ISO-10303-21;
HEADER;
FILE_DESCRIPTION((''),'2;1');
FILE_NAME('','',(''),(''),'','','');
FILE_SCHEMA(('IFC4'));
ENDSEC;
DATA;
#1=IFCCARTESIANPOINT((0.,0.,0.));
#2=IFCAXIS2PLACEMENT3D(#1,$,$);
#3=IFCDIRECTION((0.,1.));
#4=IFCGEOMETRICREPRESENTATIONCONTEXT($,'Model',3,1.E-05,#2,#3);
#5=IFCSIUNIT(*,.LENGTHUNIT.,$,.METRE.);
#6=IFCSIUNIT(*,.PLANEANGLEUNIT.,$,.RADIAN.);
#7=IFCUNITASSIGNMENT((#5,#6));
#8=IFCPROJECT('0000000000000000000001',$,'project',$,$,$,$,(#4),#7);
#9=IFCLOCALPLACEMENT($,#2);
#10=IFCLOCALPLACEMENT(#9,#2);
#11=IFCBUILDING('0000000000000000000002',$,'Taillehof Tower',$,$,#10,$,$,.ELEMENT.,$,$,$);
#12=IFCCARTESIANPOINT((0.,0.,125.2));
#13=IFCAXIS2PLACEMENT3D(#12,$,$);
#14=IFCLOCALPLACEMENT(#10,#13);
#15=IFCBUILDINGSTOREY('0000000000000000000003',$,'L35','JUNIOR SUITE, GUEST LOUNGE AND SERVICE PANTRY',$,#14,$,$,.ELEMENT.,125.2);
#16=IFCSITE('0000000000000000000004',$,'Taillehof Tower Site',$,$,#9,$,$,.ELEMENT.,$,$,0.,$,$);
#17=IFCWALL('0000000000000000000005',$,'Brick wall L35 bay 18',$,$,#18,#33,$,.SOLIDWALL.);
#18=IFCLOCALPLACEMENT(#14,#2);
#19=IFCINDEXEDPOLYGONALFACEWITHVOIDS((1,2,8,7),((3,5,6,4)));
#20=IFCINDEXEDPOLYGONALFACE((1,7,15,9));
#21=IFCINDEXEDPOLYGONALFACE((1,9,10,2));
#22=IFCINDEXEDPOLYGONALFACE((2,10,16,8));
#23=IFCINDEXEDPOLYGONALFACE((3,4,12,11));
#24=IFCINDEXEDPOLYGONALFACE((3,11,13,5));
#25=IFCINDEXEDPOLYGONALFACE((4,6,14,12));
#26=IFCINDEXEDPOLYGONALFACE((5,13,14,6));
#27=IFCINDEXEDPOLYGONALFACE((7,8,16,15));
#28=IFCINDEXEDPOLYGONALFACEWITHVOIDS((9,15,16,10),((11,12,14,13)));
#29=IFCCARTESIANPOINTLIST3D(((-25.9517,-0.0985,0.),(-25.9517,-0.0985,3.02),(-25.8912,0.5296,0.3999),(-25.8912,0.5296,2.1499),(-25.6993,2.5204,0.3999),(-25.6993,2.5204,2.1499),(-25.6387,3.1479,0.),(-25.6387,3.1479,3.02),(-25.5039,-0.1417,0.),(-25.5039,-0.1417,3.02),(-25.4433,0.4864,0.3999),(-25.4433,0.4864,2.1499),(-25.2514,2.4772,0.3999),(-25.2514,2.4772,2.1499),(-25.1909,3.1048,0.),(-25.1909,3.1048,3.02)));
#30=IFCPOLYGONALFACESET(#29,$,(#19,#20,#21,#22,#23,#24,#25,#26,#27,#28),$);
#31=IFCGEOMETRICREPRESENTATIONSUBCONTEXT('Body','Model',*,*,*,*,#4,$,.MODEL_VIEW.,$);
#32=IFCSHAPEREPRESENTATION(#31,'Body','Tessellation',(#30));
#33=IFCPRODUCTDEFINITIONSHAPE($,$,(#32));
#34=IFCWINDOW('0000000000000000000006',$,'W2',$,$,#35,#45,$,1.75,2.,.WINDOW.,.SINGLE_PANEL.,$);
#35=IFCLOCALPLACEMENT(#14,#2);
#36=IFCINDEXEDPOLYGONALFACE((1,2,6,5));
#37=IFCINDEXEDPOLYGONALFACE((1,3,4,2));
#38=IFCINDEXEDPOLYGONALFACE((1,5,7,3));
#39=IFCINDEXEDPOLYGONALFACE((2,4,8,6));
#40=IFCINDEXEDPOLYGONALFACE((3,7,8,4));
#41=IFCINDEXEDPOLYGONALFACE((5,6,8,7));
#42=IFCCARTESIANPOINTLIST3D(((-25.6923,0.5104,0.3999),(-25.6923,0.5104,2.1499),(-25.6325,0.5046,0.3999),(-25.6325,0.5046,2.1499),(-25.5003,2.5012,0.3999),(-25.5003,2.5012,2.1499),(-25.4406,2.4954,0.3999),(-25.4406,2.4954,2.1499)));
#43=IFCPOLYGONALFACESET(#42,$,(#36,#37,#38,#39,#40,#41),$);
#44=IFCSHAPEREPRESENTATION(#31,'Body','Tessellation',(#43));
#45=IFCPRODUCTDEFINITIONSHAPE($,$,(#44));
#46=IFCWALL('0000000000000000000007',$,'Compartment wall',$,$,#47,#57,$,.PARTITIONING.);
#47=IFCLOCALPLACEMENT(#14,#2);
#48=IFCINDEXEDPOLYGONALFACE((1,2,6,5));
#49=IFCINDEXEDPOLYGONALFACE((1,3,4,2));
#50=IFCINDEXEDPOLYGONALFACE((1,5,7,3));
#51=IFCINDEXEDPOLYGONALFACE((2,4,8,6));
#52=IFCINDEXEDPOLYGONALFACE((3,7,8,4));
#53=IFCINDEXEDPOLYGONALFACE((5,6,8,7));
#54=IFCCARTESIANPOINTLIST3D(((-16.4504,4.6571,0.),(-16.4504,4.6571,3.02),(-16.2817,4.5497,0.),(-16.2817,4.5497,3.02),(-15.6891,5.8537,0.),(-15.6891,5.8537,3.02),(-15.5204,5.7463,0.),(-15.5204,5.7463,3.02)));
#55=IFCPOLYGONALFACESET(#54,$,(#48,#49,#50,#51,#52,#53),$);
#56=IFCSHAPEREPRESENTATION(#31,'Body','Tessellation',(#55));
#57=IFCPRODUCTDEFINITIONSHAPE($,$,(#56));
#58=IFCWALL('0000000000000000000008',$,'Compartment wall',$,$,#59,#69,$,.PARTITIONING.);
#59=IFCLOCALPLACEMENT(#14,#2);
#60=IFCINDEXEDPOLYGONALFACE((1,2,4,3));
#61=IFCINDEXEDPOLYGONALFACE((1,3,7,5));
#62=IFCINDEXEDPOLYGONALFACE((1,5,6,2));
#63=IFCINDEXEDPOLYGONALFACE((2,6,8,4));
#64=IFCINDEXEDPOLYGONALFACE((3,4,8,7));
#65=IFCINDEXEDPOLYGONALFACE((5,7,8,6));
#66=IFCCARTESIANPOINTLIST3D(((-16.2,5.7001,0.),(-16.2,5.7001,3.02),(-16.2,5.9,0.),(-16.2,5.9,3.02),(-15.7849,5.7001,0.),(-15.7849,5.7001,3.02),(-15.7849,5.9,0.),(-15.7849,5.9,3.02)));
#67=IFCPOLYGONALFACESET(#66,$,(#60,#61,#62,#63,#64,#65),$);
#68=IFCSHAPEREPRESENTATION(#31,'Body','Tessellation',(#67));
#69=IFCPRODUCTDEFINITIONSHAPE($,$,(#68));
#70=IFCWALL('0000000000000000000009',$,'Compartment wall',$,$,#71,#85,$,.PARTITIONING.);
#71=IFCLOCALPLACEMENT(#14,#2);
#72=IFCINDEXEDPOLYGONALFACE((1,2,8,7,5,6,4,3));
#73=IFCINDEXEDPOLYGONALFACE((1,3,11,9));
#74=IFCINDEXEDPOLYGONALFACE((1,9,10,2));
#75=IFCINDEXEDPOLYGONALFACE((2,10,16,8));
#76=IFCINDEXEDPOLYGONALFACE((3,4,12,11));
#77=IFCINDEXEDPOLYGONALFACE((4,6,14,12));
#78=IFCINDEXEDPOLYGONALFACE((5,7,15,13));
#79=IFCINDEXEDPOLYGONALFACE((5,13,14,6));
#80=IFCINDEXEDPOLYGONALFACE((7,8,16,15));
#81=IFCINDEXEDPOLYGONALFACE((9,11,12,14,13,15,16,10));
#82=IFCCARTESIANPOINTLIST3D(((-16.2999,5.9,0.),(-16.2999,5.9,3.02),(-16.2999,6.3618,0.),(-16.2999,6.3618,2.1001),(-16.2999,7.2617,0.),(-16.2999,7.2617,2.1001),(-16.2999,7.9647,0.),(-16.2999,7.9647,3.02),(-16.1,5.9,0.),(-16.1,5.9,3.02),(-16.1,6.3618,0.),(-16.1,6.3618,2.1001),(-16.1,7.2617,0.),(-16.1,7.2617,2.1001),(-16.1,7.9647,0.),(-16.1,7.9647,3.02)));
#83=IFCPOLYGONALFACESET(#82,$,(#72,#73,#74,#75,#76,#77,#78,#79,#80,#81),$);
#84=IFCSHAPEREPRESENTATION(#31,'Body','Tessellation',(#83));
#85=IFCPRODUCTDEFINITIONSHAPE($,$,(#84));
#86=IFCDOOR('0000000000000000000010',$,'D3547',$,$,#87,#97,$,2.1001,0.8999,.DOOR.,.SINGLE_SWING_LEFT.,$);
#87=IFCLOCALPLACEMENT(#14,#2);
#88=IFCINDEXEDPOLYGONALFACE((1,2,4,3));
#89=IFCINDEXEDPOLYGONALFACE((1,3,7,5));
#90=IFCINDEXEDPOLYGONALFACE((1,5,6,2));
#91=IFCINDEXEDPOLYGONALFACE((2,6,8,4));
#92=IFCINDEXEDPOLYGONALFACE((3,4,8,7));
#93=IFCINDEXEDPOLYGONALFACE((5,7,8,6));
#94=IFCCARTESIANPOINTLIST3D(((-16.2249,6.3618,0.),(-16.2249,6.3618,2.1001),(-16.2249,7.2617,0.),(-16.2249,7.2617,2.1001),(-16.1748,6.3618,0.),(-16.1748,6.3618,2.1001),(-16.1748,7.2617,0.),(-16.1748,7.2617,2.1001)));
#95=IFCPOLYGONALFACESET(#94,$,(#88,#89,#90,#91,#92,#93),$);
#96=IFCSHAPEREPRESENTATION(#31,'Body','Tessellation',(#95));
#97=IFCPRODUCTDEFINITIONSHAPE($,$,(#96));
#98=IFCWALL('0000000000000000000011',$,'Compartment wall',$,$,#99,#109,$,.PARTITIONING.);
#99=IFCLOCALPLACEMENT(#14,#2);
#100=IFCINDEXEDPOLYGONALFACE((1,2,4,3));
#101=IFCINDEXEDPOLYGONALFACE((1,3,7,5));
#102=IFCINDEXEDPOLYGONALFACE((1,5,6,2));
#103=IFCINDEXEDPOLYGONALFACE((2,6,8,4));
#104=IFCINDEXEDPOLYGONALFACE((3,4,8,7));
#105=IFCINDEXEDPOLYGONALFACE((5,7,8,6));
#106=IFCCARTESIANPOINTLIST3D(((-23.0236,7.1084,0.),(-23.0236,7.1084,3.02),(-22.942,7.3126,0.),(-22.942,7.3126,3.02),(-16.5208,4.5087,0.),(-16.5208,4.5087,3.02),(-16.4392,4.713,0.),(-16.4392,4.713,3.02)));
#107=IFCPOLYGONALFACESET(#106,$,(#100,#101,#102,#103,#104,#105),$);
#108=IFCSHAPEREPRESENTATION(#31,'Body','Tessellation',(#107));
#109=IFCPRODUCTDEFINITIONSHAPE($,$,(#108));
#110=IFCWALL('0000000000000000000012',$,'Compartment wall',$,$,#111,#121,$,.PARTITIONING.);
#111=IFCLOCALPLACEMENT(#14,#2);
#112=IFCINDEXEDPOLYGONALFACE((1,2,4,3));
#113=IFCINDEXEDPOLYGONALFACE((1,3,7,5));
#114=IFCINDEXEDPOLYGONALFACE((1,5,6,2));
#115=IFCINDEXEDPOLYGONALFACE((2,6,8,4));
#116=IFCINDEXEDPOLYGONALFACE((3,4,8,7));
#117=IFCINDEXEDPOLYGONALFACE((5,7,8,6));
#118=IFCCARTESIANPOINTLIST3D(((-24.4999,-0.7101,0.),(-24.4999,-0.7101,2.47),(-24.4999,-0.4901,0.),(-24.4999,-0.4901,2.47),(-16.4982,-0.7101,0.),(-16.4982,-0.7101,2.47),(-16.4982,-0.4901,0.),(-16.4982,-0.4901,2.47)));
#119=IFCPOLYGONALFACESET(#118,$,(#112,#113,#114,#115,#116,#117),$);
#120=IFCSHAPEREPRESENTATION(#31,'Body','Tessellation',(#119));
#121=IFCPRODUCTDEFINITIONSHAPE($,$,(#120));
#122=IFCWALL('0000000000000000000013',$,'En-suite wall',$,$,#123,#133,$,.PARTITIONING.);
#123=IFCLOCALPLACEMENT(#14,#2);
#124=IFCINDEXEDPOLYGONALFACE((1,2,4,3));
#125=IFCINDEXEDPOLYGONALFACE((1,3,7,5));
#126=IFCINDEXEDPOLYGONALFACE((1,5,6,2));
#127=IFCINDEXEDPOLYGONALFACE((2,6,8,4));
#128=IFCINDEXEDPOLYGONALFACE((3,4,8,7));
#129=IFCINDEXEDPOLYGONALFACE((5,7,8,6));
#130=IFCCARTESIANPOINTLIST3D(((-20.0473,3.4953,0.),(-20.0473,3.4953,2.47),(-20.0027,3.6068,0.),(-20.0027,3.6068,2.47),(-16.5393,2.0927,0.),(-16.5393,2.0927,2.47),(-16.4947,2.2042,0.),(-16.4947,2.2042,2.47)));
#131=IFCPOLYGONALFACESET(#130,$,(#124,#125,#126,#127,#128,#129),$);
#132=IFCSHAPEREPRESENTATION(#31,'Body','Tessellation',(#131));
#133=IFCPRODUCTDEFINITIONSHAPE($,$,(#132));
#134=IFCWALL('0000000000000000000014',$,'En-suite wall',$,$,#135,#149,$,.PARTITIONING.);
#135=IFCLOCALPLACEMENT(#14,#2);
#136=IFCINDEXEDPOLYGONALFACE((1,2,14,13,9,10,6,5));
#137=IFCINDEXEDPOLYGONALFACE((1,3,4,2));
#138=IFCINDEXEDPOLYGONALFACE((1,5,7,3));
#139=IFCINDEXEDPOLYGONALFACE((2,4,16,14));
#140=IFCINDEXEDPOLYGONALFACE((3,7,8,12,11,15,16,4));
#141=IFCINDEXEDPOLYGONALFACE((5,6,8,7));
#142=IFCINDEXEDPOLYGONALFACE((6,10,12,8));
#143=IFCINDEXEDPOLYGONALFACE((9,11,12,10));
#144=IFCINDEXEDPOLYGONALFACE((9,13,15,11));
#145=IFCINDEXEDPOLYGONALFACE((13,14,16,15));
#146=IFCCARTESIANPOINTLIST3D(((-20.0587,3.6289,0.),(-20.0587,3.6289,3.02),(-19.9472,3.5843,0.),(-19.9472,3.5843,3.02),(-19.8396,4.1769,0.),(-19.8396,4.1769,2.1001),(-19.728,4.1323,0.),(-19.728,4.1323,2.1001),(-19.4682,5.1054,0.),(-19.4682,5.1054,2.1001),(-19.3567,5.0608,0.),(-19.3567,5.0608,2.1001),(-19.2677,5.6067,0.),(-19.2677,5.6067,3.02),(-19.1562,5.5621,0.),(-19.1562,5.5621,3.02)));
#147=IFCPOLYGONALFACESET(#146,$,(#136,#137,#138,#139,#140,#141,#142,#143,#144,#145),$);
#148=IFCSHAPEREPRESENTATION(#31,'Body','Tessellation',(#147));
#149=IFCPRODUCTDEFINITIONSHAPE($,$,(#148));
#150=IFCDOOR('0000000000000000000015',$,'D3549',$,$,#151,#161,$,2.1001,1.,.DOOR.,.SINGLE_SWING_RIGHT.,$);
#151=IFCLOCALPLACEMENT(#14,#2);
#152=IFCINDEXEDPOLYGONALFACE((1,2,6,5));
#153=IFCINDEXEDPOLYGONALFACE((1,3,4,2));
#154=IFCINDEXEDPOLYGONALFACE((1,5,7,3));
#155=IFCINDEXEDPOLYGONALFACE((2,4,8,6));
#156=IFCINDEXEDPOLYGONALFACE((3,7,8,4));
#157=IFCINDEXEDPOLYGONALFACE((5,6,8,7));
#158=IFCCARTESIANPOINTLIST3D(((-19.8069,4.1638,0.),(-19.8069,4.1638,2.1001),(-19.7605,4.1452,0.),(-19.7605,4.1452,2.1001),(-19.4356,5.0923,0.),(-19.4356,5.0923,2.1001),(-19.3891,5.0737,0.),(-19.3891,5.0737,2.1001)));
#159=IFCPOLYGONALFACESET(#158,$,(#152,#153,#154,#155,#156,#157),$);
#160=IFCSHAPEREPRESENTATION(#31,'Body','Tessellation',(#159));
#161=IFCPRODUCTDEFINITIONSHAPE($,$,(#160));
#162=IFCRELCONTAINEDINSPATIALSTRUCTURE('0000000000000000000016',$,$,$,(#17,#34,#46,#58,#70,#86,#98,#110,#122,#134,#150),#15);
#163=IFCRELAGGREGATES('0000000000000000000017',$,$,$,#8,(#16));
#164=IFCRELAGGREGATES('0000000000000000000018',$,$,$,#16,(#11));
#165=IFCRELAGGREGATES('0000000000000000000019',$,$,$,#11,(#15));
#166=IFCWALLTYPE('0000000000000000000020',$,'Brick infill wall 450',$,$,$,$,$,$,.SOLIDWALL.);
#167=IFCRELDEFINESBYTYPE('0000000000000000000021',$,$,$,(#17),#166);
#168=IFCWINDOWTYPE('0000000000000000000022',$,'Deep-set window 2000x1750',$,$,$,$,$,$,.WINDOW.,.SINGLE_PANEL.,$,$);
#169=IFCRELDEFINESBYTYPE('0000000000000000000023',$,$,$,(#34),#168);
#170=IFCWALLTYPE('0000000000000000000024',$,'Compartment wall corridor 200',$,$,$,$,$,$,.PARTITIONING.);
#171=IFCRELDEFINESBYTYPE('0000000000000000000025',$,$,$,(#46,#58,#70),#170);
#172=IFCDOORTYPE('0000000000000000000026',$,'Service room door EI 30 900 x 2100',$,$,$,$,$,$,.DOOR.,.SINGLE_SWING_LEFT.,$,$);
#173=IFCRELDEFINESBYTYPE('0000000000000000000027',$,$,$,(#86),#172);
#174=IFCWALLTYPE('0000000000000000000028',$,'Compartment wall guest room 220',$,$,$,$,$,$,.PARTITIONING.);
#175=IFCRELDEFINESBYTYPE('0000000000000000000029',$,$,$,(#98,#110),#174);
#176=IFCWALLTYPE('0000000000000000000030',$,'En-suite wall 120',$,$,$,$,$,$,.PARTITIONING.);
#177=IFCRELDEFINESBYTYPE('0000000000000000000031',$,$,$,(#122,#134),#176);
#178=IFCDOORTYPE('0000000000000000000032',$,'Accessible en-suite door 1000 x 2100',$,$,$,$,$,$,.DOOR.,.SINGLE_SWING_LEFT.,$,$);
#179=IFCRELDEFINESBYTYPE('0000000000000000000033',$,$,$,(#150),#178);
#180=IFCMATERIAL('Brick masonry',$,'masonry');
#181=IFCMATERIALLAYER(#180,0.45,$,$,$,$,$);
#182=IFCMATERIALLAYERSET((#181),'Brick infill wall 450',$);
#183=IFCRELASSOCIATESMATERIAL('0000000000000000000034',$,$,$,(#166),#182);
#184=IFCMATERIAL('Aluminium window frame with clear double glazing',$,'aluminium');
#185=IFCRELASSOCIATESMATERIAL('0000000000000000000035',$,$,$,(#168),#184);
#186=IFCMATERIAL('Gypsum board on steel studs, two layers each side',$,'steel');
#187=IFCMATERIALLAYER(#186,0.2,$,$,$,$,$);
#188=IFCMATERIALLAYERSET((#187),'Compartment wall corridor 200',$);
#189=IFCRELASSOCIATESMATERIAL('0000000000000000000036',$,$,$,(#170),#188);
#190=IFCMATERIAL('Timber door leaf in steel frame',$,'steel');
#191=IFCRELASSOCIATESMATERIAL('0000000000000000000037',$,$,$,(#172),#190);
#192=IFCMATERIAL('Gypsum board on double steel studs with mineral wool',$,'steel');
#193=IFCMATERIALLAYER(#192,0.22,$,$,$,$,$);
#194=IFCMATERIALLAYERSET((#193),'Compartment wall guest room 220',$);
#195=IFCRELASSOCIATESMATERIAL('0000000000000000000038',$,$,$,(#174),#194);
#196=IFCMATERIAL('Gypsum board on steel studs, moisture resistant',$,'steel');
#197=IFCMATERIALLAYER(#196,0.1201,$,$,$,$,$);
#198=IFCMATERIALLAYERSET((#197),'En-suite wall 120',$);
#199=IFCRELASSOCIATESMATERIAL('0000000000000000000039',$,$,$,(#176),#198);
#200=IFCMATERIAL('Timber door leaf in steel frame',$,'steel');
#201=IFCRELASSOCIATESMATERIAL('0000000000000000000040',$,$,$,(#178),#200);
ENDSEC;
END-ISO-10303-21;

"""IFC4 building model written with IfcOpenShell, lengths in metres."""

from ifc_helpers import new_model, si_unit, direction, frame, frame_2d, origin, place, context, subcontext, project, spatial, rectangle, extrude, material, layer, layer_set, type_object, element, fill, save


model = new_model("IFC4")

# Units and contexts
model_context = context("Model", 3, precision=1e-05, world=origin(), true_north=direction((0.0, 1.0)))
body_context = subcontext(model_context, "Body", "Model", "MODEL_VIEW")
ifc_project = project(units=[si_unit("LENGTHUNIT", "METRE"), si_unit("PLANEANGLEUNIT", "RADIAN")], contexts=[model_context])

# Site, building, storey
site_placement = place(None, origin())
site = spatial("IfcSite", under=ifc_project, at=site_placement, Name="Taillehof Tower Site", CompositionType="ELEMENT", RefElevation=0.0)
building_placement = place(site_placement, origin())
building = spatial("IfcBuilding", under=site, at=building_placement, Name="Taillehof Tower", CompositionType="ELEMENT")
storey_placement = place(building_placement, frame((0.0, 0.0, 125.2)))
storey = spatial("IfcBuildingStorey", under=building, at=storey_placement, Name="L35", Description="JUNIOR SUITE, GUEST LOUNGE AND SERVICE PANTRY", CompositionType="ELEMENT", Elevation=125.2)

# Wall, opening, window
ifc_material_1 = material(Name="Brick masonry", Category="masonry")
ifc_layer_1 = layer(ifc_material_1, 0.45)
ifc_layer_set_1 = layer_set([ifc_layer_1], Name="Brick infill wall 450")
wall_type_1 = type_object("IfcWallType", Name="Brick infill wall 450", PredefinedType="SOLIDWALL", material=ifc_layer_set_1)
ifc_material_2 = material(Name="Aluminium window frame with clear double glazing", Category="aluminium")
window_type = type_object("IfcWindowType", Name="Deep-set window 2000x1750", PartitioningType="SINGLE_PANEL", PredefinedType="WINDOW", material=ifc_material_2)
wall_1_placement = place(storey_placement, frame((-25.4148, 3.1265, 0.0), z_axis=(0.0, 0.0, 1.0), x_axis=(-0.095968, -0.995384, 0.0)))
wall_1 = element("IfcWall", 1, at=wall_1_placement, inside=storey, type_object=wall_type_1, Name="Brick wall L35 bay 18", PredefinedType="SOLIDWALL", context=body_context, shape_type="SweptSolid", body=[
    extrude(rectangle(XDim=3.2615, YDim=0.45, at=frame_2d((1.6309, 0.0))), origin(), (0.0, 0.0, 1.0), 3.02),
])
opening_1_placement = place(wall_1_placement, frame((0.6306, 0.0, 0.3999)))
opening_1 = element("IfcOpeningElement", 2, at=opening_1_placement, cuts=wall_1, PredefinedType="OPENING", context=body_context, shape_type="SweptSolid", body=[
    extrude(rectangle(XDim=2.0, YDim=1.75, at=frame_2d((1.0, 0.875))), frame((0.0, 0.2349, 0.0), z_axis=(0.0, -1.0, 0.0), x_axis=(1.0, 0.0, 0.0)), (0.0, 0.0, 1.0), 0.47),
])
window_1_placement = place(opening_1_placement, origin())
window_1 = element("IfcWindow", 3, at=window_1_placement, inside=storey, type_object=window_type, Name="W2", OverallHeight=1.75, OverallWidth=2.0, PartitioningType="SINGLE_PANEL", PredefinedType="WINDOW", context=body_context, shape_type="SweptSolid", body=[
    extrude(rectangle(XDim=2.0, YDim=1.75, at=frame_2d((1.0, 0.875))), frame((0.0, 0.0349, 0.0), z_axis=(0.0, -1.0, 0.0), x_axis=(1.0, 0.0, 0.0)), (0.0, 0.0, 1.0), 0.0601),
])
fill(opening_1, window_1)

# Walls
ifc_material_3 = material(Name="Gypsum board on steel studs, two layers each side", Category="steel")
ifc_layer_2 = layer(ifc_material_3, 0.2)
ifc_layer_set_2 = layer_set([ifc_layer_2], Name="Compartment wall corridor 200")
wall_type_2 = type_object("IfcWallType", Name="Compartment wall corridor 200", PredefinedType="PARTITIONING", material=ifc_layer_set_2)
wall_2_placement = place(storey_placement, frame((-16.366, 4.6035, 0.0), z_axis=(0.0, 0.0, 1.0), x_axis=(0.536775, 0.843725, 0.0)))
element("IfcWall", 4, at=wall_2_placement, inside=storey, type_object=wall_type_2, Name="Compartment wall", PredefinedType="PARTITIONING", context=body_context, shape_type="SweptSolid", body=[
    extrude(rectangle(XDim=1.4182, YDim=0.2, at=frame_2d((0.709, 0.0))), origin(), (0.0, 0.0, 1.0), 3.02),
])
wall_3_placement = place(storey_placement, frame((-15.7849, 5.8, 0.0), z_axis=(0.0, 0.0, 1.0), x_axis=(-1.0, 0.0, 0.0)))
element("IfcWall", 5, at=wall_3_placement, inside=storey, type_object=wall_type_2, Name="Compartment wall", PredefinedType="PARTITIONING", context=body_context, shape_type="SweptSolid", body=[
    extrude(rectangle(XDim=0.415, YDim=0.2, at=frame_2d((0.2075, 0.0))), origin(), (0.0, 0.0, 1.0), 3.02),
])

# Wall, opening, door
wall_4_placement = place(storey_placement, frame((-16.2, 5.9001, 0.0), z_axis=(0.0, 0.0, 1.0), x_axis=(0.0, 1.0, 0.0)))
wall_4 = element("IfcWall", 6, at=wall_4_placement, inside=storey, type_object=wall_type_2, Name="Compartment wall", PredefinedType="PARTITIONING", context=body_context, shape_type="SweptSolid", body=[
    extrude(rectangle(XDim=2.0647, YDim=0.2, at=frame_2d((1.0322, 0.0))), origin(), (0.0, 0.0, 1.0), 3.02),
])
opening_2_placement = place(wall_4_placement, frame((0.4617, 0.0, 0.0)))
opening_2 = element("IfcOpeningElement", 7, at=opening_2_placement, cuts=wall_4, PredefinedType="OPENING", context=body_context, shape_type="SweptSolid", body=[
    extrude(rectangle(XDim=0.8999, YDim=2.1001, at=frame_2d((0.45, 1.05))), frame((0.0, 0.1099, 0.0), z_axis=(0.0, -1.0, 0.0), x_axis=(1.0, 0.0, 0.0)), (0.0, 0.0, 1.0), 0.22),
])
ifc_material_4 = material(Name="Timber door leaf in steel frame", Category="steel")
door_type_1 = type_object("IfcDoorType", Name="Service room door EI 30 900 x 2100", OperationType="SINGLE_SWING_LEFT", PredefinedType="DOOR", material=ifc_material_4)
door_1_placement = place(opening_2_placement, origin())
door_1 = element("IfcDoor", 8, at=door_1_placement, inside=storey, type_object=door_type_1, Name="D3547", OperationType="SINGLE_SWING_LEFT", OverallHeight=2.1001, OverallWidth=0.8999, PredefinedType="DOOR", context=body_context, shape_type="SweptSolid", body=[
    extrude(rectangle(XDim=0.8999, YDim=2.1001, at=frame_2d((0.45, 1.05))), frame((0.0, 0.0249, 0.0), z_axis=(0.0, -1.0, 0.0), x_axis=(1.0, 0.0, 0.0)), (0.0, 0.0, 1.0), 0.05),
])
fill(opening_2, door_1)

# Walls
ifc_material_5 = material(Name="Gypsum board on double steel studs with mineral wool", Category="steel")
ifc_layer_3 = layer(ifc_material_5, 0.22)
ifc_layer_set_3 = layer_set([ifc_layer_3], Name="Compartment wall guest room 220")
wall_type_3 = type_object("IfcWallType", Name="Compartment wall guest room 220", PredefinedType="PARTITIONING", material=ifc_layer_set_3)
wall_5_placement = place(storey_placement, frame((-22.9827, 7.2104, 0.0), z_axis=(0.0, 0.0, 1.0), x_axis=(0.928549, -0.37121, 0.0)))
element("IfcWall", 9, at=wall_5_placement, inside=storey, type_object=wall_type_3, Name="Compartment wall", PredefinedType="PARTITIONING", context=body_context, shape_type="SweptSolid", body=[
    extrude(rectangle(XDim=7.0032, YDim=0.22, at=frame_2d((3.5015, 0.0))), origin(), (0.0, 0.0, 1.0), 3.02),
])
wall_6_placement = place(storey_placement, frame((-24.5, -0.6001, 0.0), z_axis=(0.0, 0.0, 1.0), x_axis=(1.0, 0.0, 0.0)))
element("IfcWall", 10, at=wall_6_placement, inside=storey, type_object=wall_type_3, Name="Compartment wall", PredefinedType="PARTITIONING", context=body_context, shape_type="SweptSolid", body=[
    extrude(rectangle(XDim=8.0017, YDim=0.22, at=frame_2d((4.001, 0.0))), origin(), (0.0, 0.0, 1.0), 2.47),
])
ifc_material_6 = material(Name="Gypsum board on steel studs, moisture resistant", Category="steel")
ifc_layer_4 = layer(ifc_material_6, 0.1201)
ifc_layer_set_4 = layer_set([ifc_layer_4], Name="En-suite wall 120")
wall_type_4 = type_object("IfcWallType", Name="En-suite wall 120", PredefinedType="PARTITIONING", material=ifc_layer_set_4)
wall_7_placement = place(storey_placement, frame((-16.5168, 2.1484, 0.0), z_axis=(0.0, 0.0, 1.0), x_axis=(-0.928535, 0.371246, 0.0)))
element("IfcWall", 11, at=wall_7_placement, inside=storey, type_object=wall_type_4, Name="En-suite wall", PredefinedType="PARTITIONING", context=body_context, shape_type="SweptSolid", body=[
    extrude(rectangle(XDim=3.7781, YDim=0.1201, at=frame_2d((1.8892, 0.0))), origin(), (0.0, 0.0, 1.0), 2.47),
])

# Wall, opening, door
wall_8_placement = place(storey_placement, frame((-20.0029, 3.6067, 0.0), z_axis=(0.0, 0.0, 1.0), x_axis=(0.371351, 0.928492, 0.0)))
wall_8 = element("IfcWall", 12, at=wall_8_placement, inside=storey, type_object=wall_type_4, Name="En-suite wall", PredefinedType="PARTITIONING", context=body_context, shape_type="SweptSolid", body=[
    extrude(rectangle(XDim=2.1301, YDim=0.1201, at=frame_2d((1.0649, 0.0))), origin(), (0.0, 0.0, 1.0), 3.02),
])
opening_3_placement = place(wall_8_placement, frame((0.5901, 0.0, 0.0)))
opening_3 = element("IfcOpeningElement", 13, at=opening_3_placement, cuts=wall_8, PredefinedType="OPENING", context=body_context, shape_type="SweptSolid", body=[
    extrude(rectangle(XDim=1.0, YDim=2.1001, at=frame_2d((0.5, 1.05))), frame((0.0, 0.0701, 0.0), z_axis=(0.0, -1.0, 0.0), x_axis=(1.0, 0.0, 0.0)), (0.0, 0.0, 1.0), 0.1401),
])
ifc_material_7 = material(Name="Timber door leaf in steel frame", Category="steel")
door_type_2 = type_object("IfcDoorType", Name="Accessible en-suite door 1000 x 2100", OperationType="SINGLE_SWING_LEFT", PredefinedType="DOOR", material=ifc_material_7)
door_2_placement = place(opening_3_placement, origin())
door_2 = element("IfcDoor", 14, at=door_2_placement, inside=storey, type_object=door_type_2, Name="D3549", OperationType="SINGLE_SWING_RIGHT", OverallHeight=2.1001, OverallWidth=1.0, PredefinedType="DOOR", context=body_context, shape_type="SweptSolid", body=[
    extrude(rectangle(XDim=1.0, YDim=2.1001, at=frame_2d((0.5, 1.05))), frame((0.0, 0.0249, 0.0), z_axis=(0.0, -1.0, 0.0), x_axis=(1.0, 0.0, 0.0)), (0.0, 0.0, 1.0), 0.05),
])
fill(opening_3, door_2)

save(model, "model.ifc")
